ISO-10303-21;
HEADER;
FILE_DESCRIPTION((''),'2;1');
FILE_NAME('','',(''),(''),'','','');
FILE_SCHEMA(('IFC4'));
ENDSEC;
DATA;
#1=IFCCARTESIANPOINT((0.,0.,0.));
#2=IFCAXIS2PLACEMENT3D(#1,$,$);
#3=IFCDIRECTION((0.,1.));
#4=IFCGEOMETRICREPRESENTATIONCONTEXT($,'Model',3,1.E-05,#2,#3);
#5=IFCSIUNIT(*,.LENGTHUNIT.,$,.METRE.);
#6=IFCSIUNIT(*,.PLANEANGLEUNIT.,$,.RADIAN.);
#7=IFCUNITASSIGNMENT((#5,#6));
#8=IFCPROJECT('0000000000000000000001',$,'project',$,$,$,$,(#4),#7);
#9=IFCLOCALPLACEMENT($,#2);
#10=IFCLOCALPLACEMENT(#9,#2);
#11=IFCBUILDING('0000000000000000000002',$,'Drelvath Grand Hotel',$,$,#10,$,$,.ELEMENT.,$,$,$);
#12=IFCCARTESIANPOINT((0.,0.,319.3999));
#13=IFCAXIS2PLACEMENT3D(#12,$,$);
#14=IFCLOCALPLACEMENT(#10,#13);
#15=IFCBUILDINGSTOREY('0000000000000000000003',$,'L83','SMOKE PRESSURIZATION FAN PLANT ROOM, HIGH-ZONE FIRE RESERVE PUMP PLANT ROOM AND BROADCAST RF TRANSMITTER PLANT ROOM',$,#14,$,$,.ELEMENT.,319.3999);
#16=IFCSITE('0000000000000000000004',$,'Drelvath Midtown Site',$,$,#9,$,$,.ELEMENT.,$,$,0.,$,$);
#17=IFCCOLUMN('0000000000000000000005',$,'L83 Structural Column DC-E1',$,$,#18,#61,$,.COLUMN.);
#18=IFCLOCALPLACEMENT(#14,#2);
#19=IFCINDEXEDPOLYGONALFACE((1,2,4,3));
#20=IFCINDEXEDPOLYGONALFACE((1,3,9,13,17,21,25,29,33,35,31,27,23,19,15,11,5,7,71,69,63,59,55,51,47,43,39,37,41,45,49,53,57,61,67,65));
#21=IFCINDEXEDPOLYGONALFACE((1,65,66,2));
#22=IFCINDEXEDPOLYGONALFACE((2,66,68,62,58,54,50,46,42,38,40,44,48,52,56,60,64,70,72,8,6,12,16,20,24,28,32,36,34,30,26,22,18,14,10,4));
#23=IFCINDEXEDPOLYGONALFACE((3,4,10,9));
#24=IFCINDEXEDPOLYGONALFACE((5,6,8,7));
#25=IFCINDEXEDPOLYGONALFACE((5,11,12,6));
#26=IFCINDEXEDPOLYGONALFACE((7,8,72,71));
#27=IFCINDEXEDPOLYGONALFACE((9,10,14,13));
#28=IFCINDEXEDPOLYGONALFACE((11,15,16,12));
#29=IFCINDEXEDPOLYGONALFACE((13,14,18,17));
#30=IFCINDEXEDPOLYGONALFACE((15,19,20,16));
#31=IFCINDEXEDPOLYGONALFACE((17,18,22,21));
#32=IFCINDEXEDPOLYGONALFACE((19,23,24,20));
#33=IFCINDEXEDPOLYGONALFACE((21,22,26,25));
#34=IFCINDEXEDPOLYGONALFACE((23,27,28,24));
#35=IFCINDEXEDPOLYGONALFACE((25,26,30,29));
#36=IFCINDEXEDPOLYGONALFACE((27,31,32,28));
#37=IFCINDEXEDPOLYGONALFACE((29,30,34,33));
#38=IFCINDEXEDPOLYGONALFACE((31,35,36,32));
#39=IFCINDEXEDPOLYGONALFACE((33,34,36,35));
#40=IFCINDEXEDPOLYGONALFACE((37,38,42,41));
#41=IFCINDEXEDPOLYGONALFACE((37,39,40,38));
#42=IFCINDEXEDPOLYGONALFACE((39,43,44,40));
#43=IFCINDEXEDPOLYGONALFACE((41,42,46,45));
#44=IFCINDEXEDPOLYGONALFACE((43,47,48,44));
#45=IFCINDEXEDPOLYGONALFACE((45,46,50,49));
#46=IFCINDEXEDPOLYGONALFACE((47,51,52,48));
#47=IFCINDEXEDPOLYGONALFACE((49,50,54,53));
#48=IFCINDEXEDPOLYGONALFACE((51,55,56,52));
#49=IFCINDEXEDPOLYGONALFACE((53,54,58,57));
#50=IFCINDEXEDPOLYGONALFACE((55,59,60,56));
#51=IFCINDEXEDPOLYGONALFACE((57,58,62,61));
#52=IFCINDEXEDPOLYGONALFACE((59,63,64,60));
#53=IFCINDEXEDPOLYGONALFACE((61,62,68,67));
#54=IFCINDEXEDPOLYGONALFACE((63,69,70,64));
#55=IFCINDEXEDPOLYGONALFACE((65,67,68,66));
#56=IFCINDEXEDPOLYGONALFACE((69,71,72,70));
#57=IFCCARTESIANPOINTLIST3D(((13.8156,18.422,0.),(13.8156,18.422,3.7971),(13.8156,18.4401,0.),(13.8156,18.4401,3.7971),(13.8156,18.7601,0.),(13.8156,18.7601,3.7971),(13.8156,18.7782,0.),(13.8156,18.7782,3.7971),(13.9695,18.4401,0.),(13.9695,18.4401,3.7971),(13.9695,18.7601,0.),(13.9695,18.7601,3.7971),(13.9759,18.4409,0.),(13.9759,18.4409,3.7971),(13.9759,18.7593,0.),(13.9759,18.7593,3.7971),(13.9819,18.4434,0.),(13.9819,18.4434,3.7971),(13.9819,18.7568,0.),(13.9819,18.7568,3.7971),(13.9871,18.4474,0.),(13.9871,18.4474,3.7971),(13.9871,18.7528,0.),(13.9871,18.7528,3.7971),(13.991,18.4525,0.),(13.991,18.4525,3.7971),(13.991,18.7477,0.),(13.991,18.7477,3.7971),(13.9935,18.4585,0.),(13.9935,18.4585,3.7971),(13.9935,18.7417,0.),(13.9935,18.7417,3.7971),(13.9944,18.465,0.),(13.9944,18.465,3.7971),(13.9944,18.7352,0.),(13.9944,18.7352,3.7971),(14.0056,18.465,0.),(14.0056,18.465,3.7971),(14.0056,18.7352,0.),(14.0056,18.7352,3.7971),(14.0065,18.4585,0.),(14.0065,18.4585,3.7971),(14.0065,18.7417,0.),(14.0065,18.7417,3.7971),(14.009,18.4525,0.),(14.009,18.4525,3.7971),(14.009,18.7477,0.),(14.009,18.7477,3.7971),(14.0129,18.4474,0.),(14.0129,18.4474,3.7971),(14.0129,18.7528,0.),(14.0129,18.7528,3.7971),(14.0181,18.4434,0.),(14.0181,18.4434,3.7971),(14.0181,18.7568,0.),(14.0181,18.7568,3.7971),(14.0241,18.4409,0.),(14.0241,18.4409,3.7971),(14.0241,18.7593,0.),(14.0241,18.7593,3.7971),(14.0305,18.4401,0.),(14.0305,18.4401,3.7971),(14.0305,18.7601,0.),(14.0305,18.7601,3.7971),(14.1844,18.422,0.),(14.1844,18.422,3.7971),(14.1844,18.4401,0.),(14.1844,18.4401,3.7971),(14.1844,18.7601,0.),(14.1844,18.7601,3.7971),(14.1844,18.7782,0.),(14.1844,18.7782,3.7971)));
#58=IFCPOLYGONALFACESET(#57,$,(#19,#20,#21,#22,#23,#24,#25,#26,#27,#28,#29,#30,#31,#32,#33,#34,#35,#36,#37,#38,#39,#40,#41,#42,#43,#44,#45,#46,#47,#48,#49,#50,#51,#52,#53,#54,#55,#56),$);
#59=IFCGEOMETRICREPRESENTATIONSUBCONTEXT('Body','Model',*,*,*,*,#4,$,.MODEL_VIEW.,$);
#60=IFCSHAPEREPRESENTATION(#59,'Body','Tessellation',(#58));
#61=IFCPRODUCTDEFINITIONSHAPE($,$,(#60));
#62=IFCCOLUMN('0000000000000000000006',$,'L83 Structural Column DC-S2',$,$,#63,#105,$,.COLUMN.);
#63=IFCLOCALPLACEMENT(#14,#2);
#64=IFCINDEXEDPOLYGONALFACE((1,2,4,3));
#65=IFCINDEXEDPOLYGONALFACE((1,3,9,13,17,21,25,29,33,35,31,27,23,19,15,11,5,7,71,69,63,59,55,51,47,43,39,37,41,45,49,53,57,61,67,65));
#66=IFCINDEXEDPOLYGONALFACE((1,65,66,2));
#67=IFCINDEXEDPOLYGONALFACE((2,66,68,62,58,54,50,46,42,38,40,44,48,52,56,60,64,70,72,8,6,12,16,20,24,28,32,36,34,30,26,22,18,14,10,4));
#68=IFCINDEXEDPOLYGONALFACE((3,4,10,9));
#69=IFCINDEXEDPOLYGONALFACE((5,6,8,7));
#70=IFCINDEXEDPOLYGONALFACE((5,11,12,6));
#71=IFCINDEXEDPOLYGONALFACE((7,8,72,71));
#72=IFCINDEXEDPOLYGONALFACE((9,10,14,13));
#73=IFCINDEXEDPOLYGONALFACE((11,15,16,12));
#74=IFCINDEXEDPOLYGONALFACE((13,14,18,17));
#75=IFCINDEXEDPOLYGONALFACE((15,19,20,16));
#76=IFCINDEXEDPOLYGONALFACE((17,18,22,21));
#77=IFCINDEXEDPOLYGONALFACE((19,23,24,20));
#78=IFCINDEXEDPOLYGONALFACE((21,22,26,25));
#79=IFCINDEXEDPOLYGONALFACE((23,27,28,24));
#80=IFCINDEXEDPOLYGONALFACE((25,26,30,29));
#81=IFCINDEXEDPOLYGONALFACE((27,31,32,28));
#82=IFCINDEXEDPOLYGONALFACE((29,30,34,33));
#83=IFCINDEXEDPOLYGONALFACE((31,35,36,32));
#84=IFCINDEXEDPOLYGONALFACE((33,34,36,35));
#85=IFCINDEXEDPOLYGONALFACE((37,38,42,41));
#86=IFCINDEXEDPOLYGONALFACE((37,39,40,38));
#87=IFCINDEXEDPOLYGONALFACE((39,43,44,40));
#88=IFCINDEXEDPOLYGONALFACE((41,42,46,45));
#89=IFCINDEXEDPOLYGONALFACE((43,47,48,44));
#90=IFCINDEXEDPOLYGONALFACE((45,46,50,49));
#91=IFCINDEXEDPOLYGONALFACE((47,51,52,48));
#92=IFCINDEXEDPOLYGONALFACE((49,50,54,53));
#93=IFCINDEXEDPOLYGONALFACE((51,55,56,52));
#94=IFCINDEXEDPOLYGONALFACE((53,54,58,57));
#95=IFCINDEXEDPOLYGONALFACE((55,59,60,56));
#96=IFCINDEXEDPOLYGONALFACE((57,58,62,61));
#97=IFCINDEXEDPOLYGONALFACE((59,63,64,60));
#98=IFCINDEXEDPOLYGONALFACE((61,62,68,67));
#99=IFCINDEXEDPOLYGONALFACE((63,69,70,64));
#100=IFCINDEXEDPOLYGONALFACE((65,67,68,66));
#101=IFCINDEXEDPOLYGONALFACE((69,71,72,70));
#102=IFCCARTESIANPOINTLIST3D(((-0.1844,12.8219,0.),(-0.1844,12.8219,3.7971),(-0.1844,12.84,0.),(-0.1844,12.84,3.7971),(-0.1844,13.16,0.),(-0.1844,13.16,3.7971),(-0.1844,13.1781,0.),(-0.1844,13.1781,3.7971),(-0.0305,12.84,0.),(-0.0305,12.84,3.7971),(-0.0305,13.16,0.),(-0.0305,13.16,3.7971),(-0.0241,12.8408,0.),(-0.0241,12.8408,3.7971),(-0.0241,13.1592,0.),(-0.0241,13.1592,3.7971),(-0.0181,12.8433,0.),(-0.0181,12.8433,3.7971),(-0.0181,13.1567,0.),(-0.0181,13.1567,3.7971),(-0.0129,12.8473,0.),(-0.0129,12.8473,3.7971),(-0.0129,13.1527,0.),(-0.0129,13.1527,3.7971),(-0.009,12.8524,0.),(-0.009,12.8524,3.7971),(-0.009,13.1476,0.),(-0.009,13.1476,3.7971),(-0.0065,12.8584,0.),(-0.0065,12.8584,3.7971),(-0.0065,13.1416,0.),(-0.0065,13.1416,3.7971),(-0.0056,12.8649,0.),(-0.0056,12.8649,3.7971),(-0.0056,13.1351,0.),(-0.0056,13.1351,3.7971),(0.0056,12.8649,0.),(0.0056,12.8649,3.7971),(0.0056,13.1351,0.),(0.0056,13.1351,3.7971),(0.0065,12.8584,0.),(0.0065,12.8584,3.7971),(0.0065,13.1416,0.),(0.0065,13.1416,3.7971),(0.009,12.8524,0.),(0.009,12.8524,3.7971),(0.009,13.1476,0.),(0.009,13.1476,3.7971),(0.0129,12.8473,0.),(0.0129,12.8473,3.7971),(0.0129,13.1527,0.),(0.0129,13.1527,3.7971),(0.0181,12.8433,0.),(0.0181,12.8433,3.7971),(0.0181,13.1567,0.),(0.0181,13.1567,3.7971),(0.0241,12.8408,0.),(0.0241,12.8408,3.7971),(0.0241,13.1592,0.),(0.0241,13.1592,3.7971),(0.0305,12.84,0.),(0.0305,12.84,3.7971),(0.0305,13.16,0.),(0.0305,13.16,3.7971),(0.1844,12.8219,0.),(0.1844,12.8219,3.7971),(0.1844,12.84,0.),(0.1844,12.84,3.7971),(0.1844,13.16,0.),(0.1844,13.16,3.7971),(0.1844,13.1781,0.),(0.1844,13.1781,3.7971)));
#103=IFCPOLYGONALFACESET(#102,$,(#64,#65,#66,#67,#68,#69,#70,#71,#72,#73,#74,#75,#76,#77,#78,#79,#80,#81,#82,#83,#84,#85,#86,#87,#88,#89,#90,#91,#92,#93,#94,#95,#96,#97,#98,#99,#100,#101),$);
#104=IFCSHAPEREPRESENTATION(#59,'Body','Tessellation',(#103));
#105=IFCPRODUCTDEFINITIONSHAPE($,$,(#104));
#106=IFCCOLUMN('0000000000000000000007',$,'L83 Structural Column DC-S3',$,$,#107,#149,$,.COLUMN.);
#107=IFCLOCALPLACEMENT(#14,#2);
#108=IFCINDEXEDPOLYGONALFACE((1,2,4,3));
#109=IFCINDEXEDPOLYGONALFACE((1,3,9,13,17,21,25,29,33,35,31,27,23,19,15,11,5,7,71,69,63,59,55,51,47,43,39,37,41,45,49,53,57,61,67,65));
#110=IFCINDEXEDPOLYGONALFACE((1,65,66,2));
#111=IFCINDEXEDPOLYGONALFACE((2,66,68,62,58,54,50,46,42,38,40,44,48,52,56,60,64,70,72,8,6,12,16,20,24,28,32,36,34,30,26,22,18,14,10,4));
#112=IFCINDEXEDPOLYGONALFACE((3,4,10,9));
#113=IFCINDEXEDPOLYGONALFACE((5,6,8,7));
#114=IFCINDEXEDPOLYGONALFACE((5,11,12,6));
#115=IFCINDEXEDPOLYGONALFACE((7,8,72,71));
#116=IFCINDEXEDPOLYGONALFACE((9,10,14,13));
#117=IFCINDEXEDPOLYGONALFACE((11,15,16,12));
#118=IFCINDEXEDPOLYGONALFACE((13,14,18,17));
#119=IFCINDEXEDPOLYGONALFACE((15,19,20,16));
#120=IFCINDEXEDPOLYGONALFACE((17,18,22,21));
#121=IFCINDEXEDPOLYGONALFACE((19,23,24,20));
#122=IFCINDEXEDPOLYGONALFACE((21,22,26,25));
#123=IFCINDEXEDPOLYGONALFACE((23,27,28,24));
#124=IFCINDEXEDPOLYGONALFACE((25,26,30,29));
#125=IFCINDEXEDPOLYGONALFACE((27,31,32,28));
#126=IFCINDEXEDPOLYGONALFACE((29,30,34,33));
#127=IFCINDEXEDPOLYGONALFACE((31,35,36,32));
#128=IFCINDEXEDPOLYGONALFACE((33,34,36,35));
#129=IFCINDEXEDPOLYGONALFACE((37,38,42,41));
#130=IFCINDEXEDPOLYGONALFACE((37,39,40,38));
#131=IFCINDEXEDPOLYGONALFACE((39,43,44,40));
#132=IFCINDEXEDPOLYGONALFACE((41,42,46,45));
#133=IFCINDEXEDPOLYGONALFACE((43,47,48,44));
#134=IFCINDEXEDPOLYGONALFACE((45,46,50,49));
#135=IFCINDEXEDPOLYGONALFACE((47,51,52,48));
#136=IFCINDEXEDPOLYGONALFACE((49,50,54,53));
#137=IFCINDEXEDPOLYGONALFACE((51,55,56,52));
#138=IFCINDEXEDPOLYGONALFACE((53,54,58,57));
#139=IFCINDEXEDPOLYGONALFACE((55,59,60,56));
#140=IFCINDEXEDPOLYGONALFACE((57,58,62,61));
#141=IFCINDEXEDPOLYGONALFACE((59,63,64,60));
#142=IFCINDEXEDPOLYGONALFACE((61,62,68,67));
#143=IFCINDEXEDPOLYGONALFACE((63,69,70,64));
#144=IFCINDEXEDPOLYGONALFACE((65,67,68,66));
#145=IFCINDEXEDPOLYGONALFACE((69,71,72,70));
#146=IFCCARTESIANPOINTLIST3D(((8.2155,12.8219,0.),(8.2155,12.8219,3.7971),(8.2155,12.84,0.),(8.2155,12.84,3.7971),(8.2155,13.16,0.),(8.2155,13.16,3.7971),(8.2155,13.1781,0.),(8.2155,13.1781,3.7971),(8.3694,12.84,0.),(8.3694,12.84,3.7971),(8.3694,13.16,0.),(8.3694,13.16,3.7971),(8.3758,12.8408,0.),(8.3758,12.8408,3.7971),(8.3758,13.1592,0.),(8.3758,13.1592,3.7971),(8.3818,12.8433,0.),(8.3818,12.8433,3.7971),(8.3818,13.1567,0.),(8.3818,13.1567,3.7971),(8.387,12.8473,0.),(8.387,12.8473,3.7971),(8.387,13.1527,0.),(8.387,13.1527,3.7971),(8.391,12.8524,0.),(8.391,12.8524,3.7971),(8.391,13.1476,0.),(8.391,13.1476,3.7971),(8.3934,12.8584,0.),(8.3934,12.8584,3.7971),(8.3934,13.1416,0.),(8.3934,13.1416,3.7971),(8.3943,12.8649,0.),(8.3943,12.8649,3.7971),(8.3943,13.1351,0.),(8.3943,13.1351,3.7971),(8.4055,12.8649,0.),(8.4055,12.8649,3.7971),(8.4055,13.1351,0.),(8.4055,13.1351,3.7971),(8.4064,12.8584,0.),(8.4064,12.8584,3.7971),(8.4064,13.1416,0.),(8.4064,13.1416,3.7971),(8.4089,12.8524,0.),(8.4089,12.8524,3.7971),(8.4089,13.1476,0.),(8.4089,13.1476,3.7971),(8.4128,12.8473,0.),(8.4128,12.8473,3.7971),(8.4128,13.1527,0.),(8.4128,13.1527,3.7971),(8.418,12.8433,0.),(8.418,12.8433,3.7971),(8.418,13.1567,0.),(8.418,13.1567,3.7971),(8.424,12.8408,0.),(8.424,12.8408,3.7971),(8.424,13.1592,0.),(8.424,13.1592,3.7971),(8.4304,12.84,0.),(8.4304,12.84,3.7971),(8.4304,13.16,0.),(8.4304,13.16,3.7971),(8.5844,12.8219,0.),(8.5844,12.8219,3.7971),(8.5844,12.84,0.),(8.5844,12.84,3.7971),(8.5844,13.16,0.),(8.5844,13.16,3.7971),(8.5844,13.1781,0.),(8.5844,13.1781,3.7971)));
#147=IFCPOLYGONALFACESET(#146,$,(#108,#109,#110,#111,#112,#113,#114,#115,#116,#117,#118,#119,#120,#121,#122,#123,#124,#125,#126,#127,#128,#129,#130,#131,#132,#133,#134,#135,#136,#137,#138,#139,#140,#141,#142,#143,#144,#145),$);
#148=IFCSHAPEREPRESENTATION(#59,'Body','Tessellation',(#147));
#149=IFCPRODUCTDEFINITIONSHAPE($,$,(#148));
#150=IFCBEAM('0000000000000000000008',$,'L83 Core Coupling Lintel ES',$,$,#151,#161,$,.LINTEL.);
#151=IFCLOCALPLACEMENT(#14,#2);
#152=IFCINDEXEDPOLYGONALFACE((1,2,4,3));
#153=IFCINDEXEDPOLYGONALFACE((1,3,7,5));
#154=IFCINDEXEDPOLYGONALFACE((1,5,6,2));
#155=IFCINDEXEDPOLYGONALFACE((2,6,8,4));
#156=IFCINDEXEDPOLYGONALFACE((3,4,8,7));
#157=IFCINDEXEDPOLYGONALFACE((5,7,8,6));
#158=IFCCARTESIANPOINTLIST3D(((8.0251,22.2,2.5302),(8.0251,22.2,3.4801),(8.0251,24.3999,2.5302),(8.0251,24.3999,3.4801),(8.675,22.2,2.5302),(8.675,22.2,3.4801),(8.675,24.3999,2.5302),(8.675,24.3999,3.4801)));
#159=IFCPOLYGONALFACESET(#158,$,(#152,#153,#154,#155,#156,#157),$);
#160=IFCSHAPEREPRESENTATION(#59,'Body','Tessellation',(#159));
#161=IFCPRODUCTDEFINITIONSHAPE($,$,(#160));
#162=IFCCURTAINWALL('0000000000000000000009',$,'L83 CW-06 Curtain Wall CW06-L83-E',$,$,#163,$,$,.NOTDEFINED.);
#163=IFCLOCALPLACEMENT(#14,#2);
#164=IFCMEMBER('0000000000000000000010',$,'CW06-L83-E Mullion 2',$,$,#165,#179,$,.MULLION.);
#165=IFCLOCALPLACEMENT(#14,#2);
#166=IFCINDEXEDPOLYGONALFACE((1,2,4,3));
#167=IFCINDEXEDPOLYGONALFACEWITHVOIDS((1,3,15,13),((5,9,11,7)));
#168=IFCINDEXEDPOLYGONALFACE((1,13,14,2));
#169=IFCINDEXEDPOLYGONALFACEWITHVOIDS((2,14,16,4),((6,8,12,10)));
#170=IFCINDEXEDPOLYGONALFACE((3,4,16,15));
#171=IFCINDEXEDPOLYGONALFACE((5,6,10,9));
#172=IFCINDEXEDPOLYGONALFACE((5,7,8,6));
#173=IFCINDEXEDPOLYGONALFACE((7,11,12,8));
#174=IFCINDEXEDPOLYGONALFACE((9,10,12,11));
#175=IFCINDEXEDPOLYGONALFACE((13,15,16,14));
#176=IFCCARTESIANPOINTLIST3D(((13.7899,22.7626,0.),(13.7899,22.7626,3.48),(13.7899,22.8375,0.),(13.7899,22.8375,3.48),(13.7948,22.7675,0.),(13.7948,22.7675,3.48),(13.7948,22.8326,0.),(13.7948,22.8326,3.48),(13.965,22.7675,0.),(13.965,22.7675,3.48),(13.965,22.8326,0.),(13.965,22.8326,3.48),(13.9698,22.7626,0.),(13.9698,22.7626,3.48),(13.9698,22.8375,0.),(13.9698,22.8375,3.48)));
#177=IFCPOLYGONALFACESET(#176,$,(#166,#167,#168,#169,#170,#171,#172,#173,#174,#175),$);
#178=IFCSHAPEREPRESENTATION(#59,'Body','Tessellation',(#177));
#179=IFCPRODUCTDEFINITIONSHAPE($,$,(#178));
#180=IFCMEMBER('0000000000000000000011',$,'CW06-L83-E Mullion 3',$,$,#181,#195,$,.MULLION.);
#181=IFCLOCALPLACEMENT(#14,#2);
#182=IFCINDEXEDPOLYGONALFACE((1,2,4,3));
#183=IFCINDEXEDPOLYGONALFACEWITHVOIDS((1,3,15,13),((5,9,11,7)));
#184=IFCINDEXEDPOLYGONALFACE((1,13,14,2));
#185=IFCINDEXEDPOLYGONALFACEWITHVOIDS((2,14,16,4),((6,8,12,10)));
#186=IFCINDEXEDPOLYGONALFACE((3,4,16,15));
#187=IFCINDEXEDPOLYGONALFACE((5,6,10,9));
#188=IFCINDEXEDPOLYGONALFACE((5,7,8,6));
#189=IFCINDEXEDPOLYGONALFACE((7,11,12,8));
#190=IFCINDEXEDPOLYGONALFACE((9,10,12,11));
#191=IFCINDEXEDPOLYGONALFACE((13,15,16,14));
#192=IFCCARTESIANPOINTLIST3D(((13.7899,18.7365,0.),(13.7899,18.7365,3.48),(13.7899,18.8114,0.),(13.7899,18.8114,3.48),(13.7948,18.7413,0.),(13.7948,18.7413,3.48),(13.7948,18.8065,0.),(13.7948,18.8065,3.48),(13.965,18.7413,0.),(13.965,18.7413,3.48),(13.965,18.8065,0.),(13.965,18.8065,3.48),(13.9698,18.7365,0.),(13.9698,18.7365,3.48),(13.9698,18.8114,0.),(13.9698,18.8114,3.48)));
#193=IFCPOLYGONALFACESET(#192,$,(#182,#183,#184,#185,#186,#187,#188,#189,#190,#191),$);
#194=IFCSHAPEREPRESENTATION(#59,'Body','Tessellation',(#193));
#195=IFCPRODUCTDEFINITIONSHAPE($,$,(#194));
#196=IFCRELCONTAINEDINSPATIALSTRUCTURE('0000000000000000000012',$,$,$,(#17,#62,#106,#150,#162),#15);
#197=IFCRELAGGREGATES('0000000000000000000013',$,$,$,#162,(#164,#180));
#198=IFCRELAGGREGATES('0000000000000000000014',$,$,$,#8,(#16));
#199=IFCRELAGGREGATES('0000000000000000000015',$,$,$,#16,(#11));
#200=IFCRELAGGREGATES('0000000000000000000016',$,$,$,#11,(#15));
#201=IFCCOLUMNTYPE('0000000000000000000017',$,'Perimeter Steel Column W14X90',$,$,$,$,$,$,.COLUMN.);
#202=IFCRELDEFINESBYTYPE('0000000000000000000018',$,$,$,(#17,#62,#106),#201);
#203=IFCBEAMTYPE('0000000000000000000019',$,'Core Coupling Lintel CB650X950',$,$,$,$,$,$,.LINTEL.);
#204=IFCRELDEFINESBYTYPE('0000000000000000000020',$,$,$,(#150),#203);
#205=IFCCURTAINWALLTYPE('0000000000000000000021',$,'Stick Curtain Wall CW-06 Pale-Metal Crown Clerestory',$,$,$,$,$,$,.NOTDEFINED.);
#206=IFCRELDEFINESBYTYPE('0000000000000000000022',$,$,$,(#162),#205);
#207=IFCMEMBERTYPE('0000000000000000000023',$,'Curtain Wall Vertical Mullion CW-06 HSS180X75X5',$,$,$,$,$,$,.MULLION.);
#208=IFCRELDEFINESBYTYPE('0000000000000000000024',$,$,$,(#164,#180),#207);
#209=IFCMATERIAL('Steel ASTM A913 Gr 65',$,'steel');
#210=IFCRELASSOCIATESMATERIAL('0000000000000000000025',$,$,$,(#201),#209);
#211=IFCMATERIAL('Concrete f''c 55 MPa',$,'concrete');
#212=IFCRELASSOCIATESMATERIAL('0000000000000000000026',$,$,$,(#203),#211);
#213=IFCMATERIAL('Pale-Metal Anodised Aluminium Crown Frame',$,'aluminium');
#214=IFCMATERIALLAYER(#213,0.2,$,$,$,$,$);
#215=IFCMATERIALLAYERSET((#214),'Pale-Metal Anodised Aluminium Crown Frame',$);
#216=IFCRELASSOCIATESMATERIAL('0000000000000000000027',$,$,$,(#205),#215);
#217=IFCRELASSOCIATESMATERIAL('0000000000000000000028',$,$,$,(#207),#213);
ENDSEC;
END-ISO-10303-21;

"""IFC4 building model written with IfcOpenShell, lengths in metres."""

from ifc_helpers import new_model, si_unit, direction, frame, origin, origin_2d, place, context, subcontext, project, spatial, rectangle, hollow_rectangle, i_section, extrude, material, layer, layer_set, material_profile, profile_set, type_object, element, aggregate, save


model = new_model("IFC4")

# Units and contexts
model_context = context("Model", 3, precision=1e-05, world=origin(), true_north=direction((0.0, 1.0)))
body_context = subcontext(model_context, "Body", "Model", "MODEL_VIEW")
ifc_project = project(units=[si_unit("LENGTHUNIT", "METRE"), si_unit("PLANEANGLEUNIT", "RADIAN")], contexts=[model_context])

# Site, building, storey
site_placement = place(None, origin())
site = spatial("IfcSite", under=ifc_project, at=site_placement, Name="Drelvath Midtown Site", CompositionType="ELEMENT", RefElevation=0.0)
building_placement = place(site_placement, origin())
building = spatial("IfcBuilding", under=site, at=building_placement, Name="Drelvath Grand Hotel", CompositionType="ELEMENT")
storey_placement = place(building_placement, frame((0.0, 0.0, 319.3999)))
storey = spatial("IfcBuildingStorey", under=building, at=storey_placement, Name="L83", Description="SMOKE PRESSURIZATION FAN PLANT ROOM, HIGH-ZONE FIRE RESERVE PUMP PLANT ROOM AND BROADCAST RF TRANSMITTER PLANT ROOM", CompositionType="ELEMENT", Elevation=319.3999)

# Columns
ifc_material_1 = material(Name="Steel ASTM A913 Gr 65", Category="steel")
ifc_material_profile_1 = material_profile(ifc_material_1, i_section(OverallWidth=0.3689, OverallDepth=0.3562, WebThickness=0.0112, FlangeThickness=0.0181, FilletRadius=0.0249, at=origin_2d()), Name="W14X90")
ifc_profile_set_1 = profile_set([ifc_material_profile_1], Name="Steel ASTM A913 Gr 65")
column_type = type_object("IfcColumnType", Name="Perimeter Steel Column W14X90", PredefinedType="COLUMN", material=ifc_profile_set_1)
for number, where, z_axis, x_axis, name in (
    (1, (14.0, 18.6001, 0.0), (0.0, 0.0, 1.0), (1.0, 0.0, 0.0), "L83 Structural Column DC-E1"),
    (2, (0.0, 13.0, 0.0), (0.0, 0.0, 1.0), (1.0, 0.0, 0.0), "L83 Structural Column DC-S2"),
    (3, (8.3999, 13.0, 0.0), (0.0, 0.0, 1.0), (1.0, 0.0, 0.0), "L83 Structural Column DC-S3"),
):
    element("IfcColumn", number, at=place(storey_placement, frame(where, z_axis=z_axis, x_axis=x_axis)), inside=storey, type_object=column_type, Name=name, PredefinedType="COLUMN", context=body_context, shape_type="SweptSolid", body=[
        extrude(i_section(OverallWidth=0.3689, OverallDepth=0.3562, WebThickness=0.0112, FlangeThickness=0.0181, FilletRadius=0.0249, at=origin_2d()), origin(), (0.0, 0.0, 1.0), 3.7971),
    ])

# Beam
ifc_material_2 = material(Name="Concrete f'c 55 MPa", Category="concrete")
ifc_material_profile_2 = material_profile(ifc_material_2, rectangle(XDim=0.6499, YDim=0.95, at=origin_2d()), Name="CB650X950")
ifc_profile_set_2 = profile_set([ifc_material_profile_2], Name="Concrete f'c 55 MPa")
beam_type_1 = type_object("IfcBeamType", Name="Core Coupling Lintel CB650X950", PredefinedType="LINTEL", material=ifc_profile_set_2)
beam_1_placement = place(storey_placement, frame((8.3501, 22.2, 3.0051), z_axis=(0.0, 1.0, 0.0), x_axis=(-1.0, 0.0, 0.0)))
element("IfcBeam", 4, at=beam_1_placement, inside=storey, type_object=beam_type_1, Name="L83 Core Coupling Lintel ES", PredefinedType="LINTEL", context=body_context, shape_type="SweptSolid", body=[
    extrude(rectangle(XDim=0.6499, YDim=0.95, at=origin_2d()), origin(), (0.0, 0.0, 1.0), 2.2),
])

# Curtain wall, members
ifc_material_3 = material(Name="Pale-Metal Anodised Aluminium Crown Frame", Category="aluminium")
ifc_layer_1 = layer(ifc_material_3, 0.2)
ifc_layer_set_1 = layer_set([ifc_layer_1], Name="Pale-Metal Anodised Aluminium Crown Frame")
curtain_wall_type = type_object("IfcCurtainWallType", Name="Stick Curtain Wall CW-06 Pale-Metal Crown Clerestory", PredefinedType="NOTDEFINED", material=ifc_layer_set_1)
curtain_wall_1_placement = place(storey_placement, origin())
curtain_wall_1 = element("IfcCurtainWall", 5, at=curtain_wall_1_placement, inside=storey, type_object=curtain_wall_type, Name="L83 CW-06 Curtain Wall CW06-L83-E", PredefinedType="NOTDEFINED")
ifc_material_profile_3 = material_profile(ifc_material_3, hollow_rectangle(XDim=0.075, YDim=0.1799, WallThickness=0.0049, at=origin_2d()), Name="HSS180X75X5")
ifc_profile_set_3 = profile_set([ifc_material_profile_3], Name="Pale-Metal Anodised Aluminium Crown Frame")
member_type = type_object("IfcMemberType", Name="Curtain Wall Vertical Mullion CW-06 HSS180X75X5", PredefinedType="MULLION", material=ifc_profile_set_3)
member_1_placement = place(storey_placement, frame((13.8799, 22.8, 0.0), z_axis=(0.0, 0.0, 1.0), x_axis=(0.0, 1.0, 0.0)))
member_1 = element("IfcMember", 6, at=member_1_placement, type_object=member_type, Name="CW06-L83-E Mullion 2", PredefinedType="MULLION", context=body_context, shape_type="SweptSolid", body=[
    extrude(hollow_rectangle(XDim=0.075, YDim=0.1799, WallThickness=0.0049, at=origin_2d()), origin(), (0.0, 0.0, 1.0), 3.48),
])
member_2_placement = place(storey_placement, frame((13.8799, 18.7739, 0.0), z_axis=(0.0, 0.0, 1.0), x_axis=(0.0, 1.0, 0.0)))
member_2 = element("IfcMember", 7, at=member_2_placement, type_object=member_type, Name="CW06-L83-E Mullion 3", PredefinedType="MULLION", context=body_context, shape_type="SweptSolid", body=[
    extrude(hollow_rectangle(XDim=0.075, YDim=0.1799, WallThickness=0.0049, at=origin_2d()), origin(), (0.0, 0.0, 1.0), 3.48),
])

aggregate(curtain_wall_1, [member_1, member_2])

save(model, "model.ifc")
